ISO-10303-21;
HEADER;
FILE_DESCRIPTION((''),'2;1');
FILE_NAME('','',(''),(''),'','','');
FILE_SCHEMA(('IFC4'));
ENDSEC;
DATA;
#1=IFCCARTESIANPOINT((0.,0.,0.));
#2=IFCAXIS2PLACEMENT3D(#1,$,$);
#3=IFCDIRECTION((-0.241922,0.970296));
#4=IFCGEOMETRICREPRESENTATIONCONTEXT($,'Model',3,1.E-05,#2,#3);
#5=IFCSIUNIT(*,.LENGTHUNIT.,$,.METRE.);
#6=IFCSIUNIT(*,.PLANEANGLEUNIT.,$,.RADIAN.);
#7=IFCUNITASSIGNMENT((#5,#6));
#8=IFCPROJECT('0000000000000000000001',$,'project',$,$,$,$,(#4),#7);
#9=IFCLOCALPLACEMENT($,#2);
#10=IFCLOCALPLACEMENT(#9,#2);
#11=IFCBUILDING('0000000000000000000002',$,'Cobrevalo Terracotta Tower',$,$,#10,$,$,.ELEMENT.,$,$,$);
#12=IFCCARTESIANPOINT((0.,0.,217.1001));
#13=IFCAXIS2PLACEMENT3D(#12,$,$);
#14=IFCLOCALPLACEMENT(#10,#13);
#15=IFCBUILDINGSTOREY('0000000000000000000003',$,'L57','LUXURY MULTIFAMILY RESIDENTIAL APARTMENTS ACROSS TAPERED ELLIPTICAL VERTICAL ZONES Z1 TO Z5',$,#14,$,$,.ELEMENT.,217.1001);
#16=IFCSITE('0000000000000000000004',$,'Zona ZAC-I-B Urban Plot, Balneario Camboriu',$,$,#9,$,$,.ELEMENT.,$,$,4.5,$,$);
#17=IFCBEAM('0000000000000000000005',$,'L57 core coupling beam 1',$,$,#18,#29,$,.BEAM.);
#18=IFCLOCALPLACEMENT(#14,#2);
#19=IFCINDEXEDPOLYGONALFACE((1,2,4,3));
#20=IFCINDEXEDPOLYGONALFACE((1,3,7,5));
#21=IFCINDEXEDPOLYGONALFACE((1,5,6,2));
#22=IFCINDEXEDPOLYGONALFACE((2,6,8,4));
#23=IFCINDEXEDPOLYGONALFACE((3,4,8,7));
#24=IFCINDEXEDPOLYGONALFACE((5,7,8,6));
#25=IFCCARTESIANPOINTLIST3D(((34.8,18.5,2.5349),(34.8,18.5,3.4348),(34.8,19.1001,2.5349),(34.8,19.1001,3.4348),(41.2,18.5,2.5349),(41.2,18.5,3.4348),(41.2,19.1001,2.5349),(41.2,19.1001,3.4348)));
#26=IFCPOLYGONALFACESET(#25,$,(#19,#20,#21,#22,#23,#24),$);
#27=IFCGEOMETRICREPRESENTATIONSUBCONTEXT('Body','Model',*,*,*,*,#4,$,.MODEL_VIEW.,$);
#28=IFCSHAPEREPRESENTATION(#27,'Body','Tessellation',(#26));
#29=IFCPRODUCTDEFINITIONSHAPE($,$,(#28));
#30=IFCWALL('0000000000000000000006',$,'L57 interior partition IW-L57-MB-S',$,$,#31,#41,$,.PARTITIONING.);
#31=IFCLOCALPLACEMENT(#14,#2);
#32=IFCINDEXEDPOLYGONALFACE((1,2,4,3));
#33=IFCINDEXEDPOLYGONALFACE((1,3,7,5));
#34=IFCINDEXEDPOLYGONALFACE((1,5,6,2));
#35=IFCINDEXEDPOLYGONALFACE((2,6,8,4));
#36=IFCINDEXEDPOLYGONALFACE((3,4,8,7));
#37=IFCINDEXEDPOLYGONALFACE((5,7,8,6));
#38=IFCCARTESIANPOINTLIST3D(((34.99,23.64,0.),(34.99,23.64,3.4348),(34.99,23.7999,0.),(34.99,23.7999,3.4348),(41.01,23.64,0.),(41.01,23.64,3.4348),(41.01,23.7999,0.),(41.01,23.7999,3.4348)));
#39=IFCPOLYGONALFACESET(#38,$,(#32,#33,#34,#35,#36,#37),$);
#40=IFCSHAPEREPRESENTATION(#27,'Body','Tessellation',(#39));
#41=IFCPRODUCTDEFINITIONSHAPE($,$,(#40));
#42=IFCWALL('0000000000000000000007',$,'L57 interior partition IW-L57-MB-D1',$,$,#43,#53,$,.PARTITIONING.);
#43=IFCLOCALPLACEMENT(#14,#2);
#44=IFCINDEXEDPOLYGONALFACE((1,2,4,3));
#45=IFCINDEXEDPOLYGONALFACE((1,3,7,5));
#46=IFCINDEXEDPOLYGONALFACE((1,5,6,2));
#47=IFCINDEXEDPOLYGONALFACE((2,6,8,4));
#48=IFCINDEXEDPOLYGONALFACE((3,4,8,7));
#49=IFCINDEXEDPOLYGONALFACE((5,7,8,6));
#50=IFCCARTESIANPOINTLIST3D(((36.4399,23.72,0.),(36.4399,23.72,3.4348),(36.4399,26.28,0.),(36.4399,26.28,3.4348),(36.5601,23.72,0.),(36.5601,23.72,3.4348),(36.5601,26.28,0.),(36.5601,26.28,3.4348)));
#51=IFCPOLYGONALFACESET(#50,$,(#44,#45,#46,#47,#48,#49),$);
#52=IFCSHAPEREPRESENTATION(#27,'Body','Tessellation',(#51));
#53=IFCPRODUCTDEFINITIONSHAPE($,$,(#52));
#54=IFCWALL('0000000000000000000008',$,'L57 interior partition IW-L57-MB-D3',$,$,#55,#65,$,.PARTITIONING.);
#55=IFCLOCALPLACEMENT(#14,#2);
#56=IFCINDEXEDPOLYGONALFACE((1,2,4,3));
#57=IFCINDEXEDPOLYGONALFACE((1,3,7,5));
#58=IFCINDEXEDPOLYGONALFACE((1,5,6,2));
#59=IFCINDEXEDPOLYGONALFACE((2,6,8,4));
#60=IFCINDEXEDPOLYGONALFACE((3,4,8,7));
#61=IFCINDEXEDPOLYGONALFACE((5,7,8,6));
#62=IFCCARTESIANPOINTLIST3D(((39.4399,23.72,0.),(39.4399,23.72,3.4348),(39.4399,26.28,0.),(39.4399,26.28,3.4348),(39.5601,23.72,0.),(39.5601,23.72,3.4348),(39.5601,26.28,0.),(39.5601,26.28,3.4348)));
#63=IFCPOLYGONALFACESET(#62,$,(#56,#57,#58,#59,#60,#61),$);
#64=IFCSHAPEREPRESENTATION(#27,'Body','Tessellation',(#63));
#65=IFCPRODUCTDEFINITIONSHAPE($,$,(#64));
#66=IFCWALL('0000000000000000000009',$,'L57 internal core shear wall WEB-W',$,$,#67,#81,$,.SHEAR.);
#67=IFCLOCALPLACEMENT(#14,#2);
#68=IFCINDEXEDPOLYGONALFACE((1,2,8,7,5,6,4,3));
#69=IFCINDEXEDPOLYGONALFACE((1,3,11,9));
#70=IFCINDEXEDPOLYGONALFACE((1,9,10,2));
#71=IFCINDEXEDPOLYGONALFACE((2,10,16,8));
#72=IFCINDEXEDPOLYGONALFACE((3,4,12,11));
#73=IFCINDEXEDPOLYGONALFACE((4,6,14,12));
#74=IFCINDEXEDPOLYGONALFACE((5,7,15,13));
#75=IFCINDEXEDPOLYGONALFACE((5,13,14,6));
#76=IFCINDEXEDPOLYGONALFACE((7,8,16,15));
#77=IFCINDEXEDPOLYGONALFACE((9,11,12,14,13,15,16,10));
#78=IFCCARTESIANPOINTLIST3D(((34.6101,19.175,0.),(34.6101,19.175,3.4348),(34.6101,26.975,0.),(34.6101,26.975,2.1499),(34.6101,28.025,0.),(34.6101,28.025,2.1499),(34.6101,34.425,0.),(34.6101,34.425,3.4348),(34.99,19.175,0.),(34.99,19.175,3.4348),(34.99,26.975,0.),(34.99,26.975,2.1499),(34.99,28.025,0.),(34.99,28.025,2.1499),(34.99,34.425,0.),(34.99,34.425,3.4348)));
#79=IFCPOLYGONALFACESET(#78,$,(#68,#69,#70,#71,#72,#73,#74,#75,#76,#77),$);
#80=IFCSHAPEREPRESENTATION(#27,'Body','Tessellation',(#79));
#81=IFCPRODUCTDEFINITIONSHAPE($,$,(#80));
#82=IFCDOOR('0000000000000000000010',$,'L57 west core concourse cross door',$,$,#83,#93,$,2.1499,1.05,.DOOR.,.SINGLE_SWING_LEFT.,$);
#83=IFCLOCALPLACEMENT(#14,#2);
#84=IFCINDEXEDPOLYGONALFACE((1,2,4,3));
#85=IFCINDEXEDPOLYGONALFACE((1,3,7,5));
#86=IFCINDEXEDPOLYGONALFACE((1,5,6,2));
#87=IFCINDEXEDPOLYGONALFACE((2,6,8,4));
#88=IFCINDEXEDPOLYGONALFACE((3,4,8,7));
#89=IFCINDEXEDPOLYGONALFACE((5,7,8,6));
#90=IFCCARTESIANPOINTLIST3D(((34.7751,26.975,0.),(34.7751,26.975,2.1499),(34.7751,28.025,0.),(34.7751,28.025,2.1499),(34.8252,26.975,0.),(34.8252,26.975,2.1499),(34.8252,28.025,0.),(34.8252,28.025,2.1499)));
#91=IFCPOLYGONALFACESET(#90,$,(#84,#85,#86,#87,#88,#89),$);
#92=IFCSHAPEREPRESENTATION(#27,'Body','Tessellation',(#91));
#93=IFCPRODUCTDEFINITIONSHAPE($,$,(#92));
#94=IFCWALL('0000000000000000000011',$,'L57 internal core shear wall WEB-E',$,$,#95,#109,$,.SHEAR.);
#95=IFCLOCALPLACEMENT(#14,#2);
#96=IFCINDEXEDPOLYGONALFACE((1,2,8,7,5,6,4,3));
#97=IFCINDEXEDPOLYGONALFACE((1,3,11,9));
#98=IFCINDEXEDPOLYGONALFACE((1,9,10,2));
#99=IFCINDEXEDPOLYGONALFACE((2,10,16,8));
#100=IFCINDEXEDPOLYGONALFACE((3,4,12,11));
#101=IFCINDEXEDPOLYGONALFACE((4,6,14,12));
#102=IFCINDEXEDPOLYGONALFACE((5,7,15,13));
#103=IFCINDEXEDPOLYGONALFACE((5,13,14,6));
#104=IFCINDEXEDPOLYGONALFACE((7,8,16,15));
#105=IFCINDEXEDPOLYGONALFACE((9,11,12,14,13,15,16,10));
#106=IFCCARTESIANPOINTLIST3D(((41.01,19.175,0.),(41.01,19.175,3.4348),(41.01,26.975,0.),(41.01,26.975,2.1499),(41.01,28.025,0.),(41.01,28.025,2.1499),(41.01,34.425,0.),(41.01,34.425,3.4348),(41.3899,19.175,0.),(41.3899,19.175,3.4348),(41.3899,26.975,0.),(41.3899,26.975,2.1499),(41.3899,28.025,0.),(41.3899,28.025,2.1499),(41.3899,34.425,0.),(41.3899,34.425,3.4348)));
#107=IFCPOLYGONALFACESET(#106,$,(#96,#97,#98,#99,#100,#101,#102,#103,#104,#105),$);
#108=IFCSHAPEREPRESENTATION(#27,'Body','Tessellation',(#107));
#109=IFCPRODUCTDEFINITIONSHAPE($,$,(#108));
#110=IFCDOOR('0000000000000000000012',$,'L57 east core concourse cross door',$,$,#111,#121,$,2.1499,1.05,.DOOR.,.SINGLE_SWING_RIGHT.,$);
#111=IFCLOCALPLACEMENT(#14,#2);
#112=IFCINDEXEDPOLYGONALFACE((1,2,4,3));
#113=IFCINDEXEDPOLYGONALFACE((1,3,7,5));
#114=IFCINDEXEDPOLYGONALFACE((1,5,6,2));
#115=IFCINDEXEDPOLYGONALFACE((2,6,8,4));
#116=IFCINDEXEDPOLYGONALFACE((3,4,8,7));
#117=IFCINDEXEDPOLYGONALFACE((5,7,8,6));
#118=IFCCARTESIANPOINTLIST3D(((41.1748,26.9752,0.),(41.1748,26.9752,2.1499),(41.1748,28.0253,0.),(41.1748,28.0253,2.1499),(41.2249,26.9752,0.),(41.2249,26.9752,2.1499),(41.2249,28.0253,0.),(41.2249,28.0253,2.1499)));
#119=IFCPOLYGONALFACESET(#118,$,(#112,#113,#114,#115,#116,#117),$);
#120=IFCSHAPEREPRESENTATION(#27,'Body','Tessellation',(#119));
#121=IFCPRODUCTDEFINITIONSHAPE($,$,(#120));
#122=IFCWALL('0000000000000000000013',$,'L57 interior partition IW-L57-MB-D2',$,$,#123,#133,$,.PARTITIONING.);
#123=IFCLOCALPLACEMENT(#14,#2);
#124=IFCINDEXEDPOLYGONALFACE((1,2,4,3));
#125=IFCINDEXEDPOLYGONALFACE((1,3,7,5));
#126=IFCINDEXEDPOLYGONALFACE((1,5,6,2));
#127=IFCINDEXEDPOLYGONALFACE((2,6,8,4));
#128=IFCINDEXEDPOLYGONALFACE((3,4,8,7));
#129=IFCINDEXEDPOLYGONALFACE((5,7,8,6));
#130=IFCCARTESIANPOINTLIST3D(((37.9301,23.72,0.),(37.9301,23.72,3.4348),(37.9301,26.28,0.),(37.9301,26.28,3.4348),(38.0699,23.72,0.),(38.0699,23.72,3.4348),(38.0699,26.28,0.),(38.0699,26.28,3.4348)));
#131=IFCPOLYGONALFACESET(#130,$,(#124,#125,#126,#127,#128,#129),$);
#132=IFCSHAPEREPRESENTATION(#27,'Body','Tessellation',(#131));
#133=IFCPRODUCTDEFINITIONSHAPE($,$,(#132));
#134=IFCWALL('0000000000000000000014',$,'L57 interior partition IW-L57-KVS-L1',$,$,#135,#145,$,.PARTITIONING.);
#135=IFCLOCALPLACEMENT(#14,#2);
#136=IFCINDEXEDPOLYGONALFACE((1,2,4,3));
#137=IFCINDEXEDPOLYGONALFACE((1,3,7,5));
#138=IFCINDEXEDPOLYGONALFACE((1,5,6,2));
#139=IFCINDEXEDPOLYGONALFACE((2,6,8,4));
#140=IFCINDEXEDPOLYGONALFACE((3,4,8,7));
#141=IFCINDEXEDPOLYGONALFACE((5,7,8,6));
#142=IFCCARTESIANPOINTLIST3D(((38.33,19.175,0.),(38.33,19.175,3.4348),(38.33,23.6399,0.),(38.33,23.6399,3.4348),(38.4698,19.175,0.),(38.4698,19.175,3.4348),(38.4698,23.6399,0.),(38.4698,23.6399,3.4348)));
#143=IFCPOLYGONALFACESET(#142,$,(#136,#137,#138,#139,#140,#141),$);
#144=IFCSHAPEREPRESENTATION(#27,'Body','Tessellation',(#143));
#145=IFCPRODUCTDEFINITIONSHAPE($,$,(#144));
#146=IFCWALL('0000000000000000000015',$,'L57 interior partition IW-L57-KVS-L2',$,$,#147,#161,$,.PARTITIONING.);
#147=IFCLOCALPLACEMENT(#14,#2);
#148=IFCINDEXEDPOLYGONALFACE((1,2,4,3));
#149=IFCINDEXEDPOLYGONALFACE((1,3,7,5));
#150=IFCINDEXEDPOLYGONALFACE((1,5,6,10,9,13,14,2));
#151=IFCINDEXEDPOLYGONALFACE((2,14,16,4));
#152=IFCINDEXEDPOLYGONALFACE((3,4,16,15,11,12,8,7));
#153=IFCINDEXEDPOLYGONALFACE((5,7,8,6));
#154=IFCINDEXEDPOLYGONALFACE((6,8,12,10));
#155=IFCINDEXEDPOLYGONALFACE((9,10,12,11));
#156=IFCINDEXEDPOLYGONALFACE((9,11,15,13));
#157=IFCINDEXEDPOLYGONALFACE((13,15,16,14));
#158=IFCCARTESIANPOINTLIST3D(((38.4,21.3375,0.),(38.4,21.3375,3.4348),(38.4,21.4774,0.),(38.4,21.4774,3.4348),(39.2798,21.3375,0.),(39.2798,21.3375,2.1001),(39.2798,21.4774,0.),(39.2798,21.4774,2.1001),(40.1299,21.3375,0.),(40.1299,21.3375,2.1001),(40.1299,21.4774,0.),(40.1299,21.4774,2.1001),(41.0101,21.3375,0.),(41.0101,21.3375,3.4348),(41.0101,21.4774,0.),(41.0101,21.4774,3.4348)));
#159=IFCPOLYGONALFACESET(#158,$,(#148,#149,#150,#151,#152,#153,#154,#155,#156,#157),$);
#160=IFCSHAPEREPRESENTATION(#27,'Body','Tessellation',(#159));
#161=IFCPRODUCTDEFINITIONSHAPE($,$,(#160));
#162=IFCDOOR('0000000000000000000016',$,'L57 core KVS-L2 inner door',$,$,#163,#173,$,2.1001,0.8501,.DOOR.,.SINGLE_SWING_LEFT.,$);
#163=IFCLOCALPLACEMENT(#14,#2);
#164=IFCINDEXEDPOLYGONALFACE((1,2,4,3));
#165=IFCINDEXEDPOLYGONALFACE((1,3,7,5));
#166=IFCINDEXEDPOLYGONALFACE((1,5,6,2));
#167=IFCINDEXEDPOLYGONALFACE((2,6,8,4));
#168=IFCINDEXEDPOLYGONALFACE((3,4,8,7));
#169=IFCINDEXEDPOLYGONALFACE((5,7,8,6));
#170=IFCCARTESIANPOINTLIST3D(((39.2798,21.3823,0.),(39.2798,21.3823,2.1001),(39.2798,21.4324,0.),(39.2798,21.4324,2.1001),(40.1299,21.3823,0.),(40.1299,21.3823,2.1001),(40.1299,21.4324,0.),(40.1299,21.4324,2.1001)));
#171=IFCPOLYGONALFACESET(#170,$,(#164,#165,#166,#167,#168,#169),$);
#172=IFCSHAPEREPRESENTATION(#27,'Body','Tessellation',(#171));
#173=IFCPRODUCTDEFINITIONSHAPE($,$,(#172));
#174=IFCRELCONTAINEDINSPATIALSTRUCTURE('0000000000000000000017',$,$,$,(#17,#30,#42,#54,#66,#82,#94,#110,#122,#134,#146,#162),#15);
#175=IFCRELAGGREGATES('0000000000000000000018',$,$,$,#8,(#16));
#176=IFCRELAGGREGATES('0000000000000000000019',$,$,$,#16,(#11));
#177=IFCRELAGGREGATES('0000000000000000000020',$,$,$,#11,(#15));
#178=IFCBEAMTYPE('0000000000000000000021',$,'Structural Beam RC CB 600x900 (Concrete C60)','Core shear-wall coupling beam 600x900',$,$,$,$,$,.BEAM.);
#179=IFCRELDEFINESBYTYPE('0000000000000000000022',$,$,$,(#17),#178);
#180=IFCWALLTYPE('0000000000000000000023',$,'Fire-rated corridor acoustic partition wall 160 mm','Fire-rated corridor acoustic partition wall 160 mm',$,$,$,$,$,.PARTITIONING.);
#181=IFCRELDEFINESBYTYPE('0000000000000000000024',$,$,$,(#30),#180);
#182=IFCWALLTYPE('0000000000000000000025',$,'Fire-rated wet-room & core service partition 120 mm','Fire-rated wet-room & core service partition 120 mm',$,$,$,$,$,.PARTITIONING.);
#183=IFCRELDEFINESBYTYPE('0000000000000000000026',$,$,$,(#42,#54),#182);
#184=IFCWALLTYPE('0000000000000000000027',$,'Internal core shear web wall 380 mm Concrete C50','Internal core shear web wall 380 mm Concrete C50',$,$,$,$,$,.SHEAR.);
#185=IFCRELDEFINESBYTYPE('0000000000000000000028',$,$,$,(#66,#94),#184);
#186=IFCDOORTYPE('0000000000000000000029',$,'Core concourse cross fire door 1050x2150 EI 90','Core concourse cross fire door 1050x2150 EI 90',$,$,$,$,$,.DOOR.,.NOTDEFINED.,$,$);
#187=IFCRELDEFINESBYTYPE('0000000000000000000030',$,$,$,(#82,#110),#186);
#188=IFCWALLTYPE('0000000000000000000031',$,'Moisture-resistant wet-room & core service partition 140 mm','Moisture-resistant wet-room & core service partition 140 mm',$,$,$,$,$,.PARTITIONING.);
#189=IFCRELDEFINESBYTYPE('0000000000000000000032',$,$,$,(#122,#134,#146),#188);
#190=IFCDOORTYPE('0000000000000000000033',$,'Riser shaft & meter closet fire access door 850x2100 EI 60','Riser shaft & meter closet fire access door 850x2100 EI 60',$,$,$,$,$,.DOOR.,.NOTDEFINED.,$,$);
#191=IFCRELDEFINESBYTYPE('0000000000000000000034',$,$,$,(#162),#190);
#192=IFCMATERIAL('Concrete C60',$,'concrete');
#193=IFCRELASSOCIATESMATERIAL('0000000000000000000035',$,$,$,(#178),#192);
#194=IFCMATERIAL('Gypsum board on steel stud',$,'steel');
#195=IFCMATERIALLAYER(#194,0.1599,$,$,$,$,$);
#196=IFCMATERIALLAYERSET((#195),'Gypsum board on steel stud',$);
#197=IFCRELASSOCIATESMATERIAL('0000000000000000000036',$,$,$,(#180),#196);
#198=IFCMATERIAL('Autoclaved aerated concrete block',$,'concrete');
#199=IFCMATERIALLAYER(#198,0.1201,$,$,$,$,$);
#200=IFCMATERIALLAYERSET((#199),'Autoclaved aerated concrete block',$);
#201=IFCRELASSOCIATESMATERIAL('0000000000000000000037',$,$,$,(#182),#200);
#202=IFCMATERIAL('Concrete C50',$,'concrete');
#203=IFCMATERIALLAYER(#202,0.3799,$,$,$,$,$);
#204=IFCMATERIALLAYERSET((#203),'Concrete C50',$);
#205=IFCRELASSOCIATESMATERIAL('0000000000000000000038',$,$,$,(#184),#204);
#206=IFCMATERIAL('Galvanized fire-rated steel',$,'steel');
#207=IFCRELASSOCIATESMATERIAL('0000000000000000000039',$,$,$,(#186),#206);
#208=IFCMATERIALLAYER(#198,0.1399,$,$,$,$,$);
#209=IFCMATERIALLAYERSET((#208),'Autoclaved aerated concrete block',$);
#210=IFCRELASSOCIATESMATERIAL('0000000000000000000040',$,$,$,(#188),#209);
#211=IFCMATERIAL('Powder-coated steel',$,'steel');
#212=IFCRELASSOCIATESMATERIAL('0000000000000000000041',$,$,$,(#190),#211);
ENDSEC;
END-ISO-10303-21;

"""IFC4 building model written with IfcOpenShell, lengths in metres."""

from ifc_helpers import new_model, si_unit, direction, frame, frame_2d, origin, origin_2d, place, context, subcontext, project, spatial, rectangle, extrude, source, transform, mapped, material, layer, layer_set, material_profile, profile_set, type_object, element, fill, save


model = new_model("IFC4")

# Units and contexts
model_context = context("Model", 3, precision=1e-05, world=origin(), true_north=direction((-0.241922, 0.970296)))
body_context = subcontext(model_context, "Body", "Model", "MODEL_VIEW")
ifc_project = project(units=[si_unit("LENGTHUNIT", "METRE"), si_unit("PLANEANGLEUNIT", "RADIAN")], contexts=[model_context])

# Site, building, storey
site_placement = place(None, origin())
site = spatial("IfcSite", under=ifc_project, at=site_placement, Name="Zona ZAC-I-B Urban Plot, Balneario Camboriu", CompositionType="ELEMENT", RefElevation=4.5)
building_placement = place(site_placement, origin())
building = spatial("IfcBuilding", under=site, at=building_placement, Name="Cobrevalo Terracotta Tower", CompositionType="ELEMENT")
storey_placement = place(building_placement, frame((0.0, 0.0, 217.1001)))
storey = spatial("IfcBuildingStorey", under=building, at=storey_placement, Name="L57", Description="LUXURY MULTIFAMILY RESIDENTIAL APARTMENTS ACROSS TAPERED ELLIPTICAL VERTICAL ZONES Z1 TO Z5", CompositionType="ELEMENT", Elevation=217.1001)

# Beam
ifc_material_1 = material(Name="Concrete C60", Category="concrete")
ifc_material_profile = material_profile(ifc_material_1, rectangle(XDim=0.6001, YDim=0.8999, at=origin_2d()), Name="RC CB 600x900")
ifc_profile_set = profile_set([ifc_material_profile], Name="Concrete C60")
beam_type = type_object("IfcBeamType", Name="Structural Beam RC CB 600x900 (Concrete C60)", Description="Core shear-wall coupling beam 600x900", PredefinedType="BEAM", material=ifc_profile_set)
beam_placement = place(storey_placement, frame((34.8, 18.8, 2.9849), z_axis=(1.0, 0.0, 0.0), x_axis=(0.0, 1.0, 0.0)))
element("IfcBeam", 1, at=beam_placement, inside=storey, type_object=beam_type, Name="L57 core coupling beam 1", PredefinedType="BEAM", context=body_context, shape_type="SweptSolid", body=[
    extrude(rectangle(XDim=0.6001, YDim=0.8999, at=origin_2d()), origin(), (0.0, 0.0, 1.0), 6.3999),
])

# Walls
ifc_material_2 = material(Name="Gypsum board on steel stud", Category="steel")
ifc_layer_1 = layer(ifc_material_2, 0.1599)
ifc_layer_set_1 = layer_set([ifc_layer_1], Name="Gypsum board on steel stud")
wall_type_1 = type_object("IfcWallType", Name="Fire-rated corridor acoustic partition wall 160 mm", Description="Fire-rated corridor acoustic partition wall 160 mm", PredefinedType="PARTITIONING", material=ifc_layer_set_1)
wall_1_placement = place(storey_placement, frame((34.99, 23.72, 0.0), z_axis=(0.0, 0.0, 1.0), x_axis=(1.0, 0.0, 0.0)))
element("IfcWall", 2, at=wall_1_placement, inside=storey, type_object=wall_type_1, Name="L57 interior partition IW-L57-MB-S", PredefinedType="PARTITIONING", context=body_context, shape_type="SweptSolid", body=[
    extrude(rectangle(XDim=6.02, YDim=0.1599, at=frame_2d((3.01, 0.0))), origin(), (0.0, 0.0, 1.0), 3.4348),
])
ifc_material_3 = material(Name="Autoclaved aerated concrete block", Category="concrete")
ifc_layer_2 = layer(ifc_material_3, 0.1201)
ifc_layer_set_2 = layer_set([ifc_layer_2], Name="Autoclaved aerated concrete block")
wall_type_2 = type_object("IfcWallType", Name="Fire-rated wet-room & core service partition 120 mm", Description="Fire-rated wet-room & core service partition 120 mm", PredefinedType="PARTITIONING", material=ifc_layer_set_2)
for number, where, z_axis, x_axis, name in (
    (3, (36.5, 23.72, 0.0), (0.0, 0.0, 1.0), (0.0, 1.0, 0.0), "L57 interior partition IW-L57-MB-D1"),
    (4, (39.5, 23.72, 0.0), (0.0, 0.0, 1.0), (0.0, 1.0, 0.0), "L57 interior partition IW-L57-MB-D3"),
):
    element("IfcWall", number, at=place(storey_placement, frame(where, z_axis=z_axis, x_axis=x_axis)), inside=storey, type_object=wall_type_2, Name=name, PredefinedType="PARTITIONING", context=body_context, shape_type="SweptSolid", body=[
        extrude(rectangle(XDim=2.5601, YDim=0.1201, at=frame_2d((1.28, 0.0))), origin(), (0.0, 0.0, 1.0), 3.4348),
    ])

# Walls, openings, doors
ifc_material_4 = material(Name="Concrete C50", Category="concrete")
ifc_layer_3 = layer(ifc_material_4, 0.3799)
ifc_layer_set_3 = layer_set([ifc_layer_3], Name="Concrete C50")
wall_type_3 = type_object("IfcWallType", Name="Internal core shear web wall 380 mm Concrete C50", Description="Internal core shear web wall 380 mm Concrete C50", PredefinedType="SHEAR", material=ifc_layer_set_3)
wall_2_placement = place(storey_placement, frame((34.8, 19.175, 0.0), z_axis=(0.0, 0.0, 1.0), x_axis=(0.0, 1.0, 0.0)))
wall_2 = element("IfcWall", 5, at=wall_2_placement, inside=storey, type_object=wall_type_3, Name="L57 internal core shear wall WEB-W", PredefinedType="SHEAR", context=body_context, shape_type="SweptSolid", body=[
    extrude(rectangle(XDim=15.25, YDim=0.3799, at=frame_2d((7.625, 0.0))), origin(), (0.0, 0.0, 1.0), 3.4348),
])
opening_1_placement = place(wall_2_placement, frame((7.8, 0.0, 0.0)))
opening_1 = element("IfcOpeningElement", 6, at=opening_1_placement, cuts=wall_2, PredefinedType="OPENING", context=body_context, shape_type="SweptSolid", body=[
    extrude(rectangle(XDim=1.05, YDim=2.1499, at=frame_2d((0.5249, 1.075))), frame((0.0, 0.2, 0.0), z_axis=(0.0, -1.0, 0.0), x_axis=(1.0, 0.0, 0.0)), (0.0, 0.0, 1.0), 0.3999),
])
ifc_material_5 = material(Name="Galvanized fire-rated steel", Category="steel")
door_type_1 = type_object("IfcDoorType", Name="Core concourse cross fire door 1050x2150 EI 90", Description="Core concourse cross fire door 1050x2150 EI 90", OperationType="NOTDEFINED", PredefinedType="DOOR", material=ifc_material_5)
shared_shape_1 = source(origin(), body_context, "Body", "SweptSolid", [
    extrude(rectangle(XDim=1.05, YDim=2.1499, at=frame_2d((0.5249, 1.075))), frame((0.0, 0.0249, 0.0), z_axis=(0.0, -1.0, 0.0), x_axis=(1.0, 0.0, 0.0)), (0.0, 0.0, 1.0), 0.05),
])
door_1_placement = place(opening_1_placement, origin())
door_1 = element("IfcDoor", 7, at=door_1_placement, inside=storey, type_object=door_type_1, Name="L57 west core concourse cross door", OperationType="SINGLE_SWING_LEFT", OverallHeight=2.1499, OverallWidth=1.05, PredefinedType="DOOR", context=body_context, shape_type="MappedRepresentation", body=[
    mapped(shared_shape_1, transform((0.0, 0.0, 0.0), scale=1.0)),
])
fill(opening_1, door_1)
wall_3_placement = place(storey_placement, frame((41.2, 19.175, 0.0), z_axis=(0.0, 0.0, 1.0), x_axis=(0.0, 1.0, 0.0)))
wall_3 = element("IfcWall", 8, at=wall_3_placement, inside=storey, type_object=wall_type_3, Name="L57 internal core shear wall WEB-E", PredefinedType="SHEAR", context=body_context, shape_type="SweptSolid", body=[
    extrude(rectangle(XDim=15.25, YDim=0.3799, at=frame_2d((7.625, 0.0))), origin(), (0.0, 0.0, 1.0), 3.4348),
])
opening_2_placement = place(wall_3_placement, frame((7.8, 0.0, 0.0)))
opening_2 = element("IfcOpeningElement", 9, at=opening_2_placement, cuts=wall_3, PredefinedType="OPENING", context=body_context, shape_type="SweptSolid", body=[
    extrude(rectangle(XDim=1.05, YDim=2.1499, at=frame_2d((0.5249, 1.075))), frame((0.0, 0.2, 0.0), z_axis=(0.0, -1.0, 0.0), x_axis=(1.0, 0.0, 0.0)), (0.0, 0.0, 1.0), 0.3999),
])
door_2_placement = place(opening_2_placement, frame((1.05, 0.0, 0.0), z_axis=(0.0, 0.0, 1.0), x_axis=(-1.0, 0.0, 0.0)))
door_2 = element("IfcDoor", 10, at=door_2_placement, inside=storey, type_object=door_type_1, Name="L57 east core concourse cross door", OperationType="SINGLE_SWING_RIGHT", OverallHeight=2.1499, OverallWidth=1.05, PredefinedType="DOOR", context=body_context, shape_type="MappedRepresentation", body=[
    mapped(shared_shape_1, transform((0.0, 0.0, 0.0), scale=1.0)),
])
fill(opening_2, door_2)

# Walls
ifc_layer_4 = layer(ifc_material_3, 0.1399)
ifc_layer_set_4 = layer_set([ifc_layer_4], Name="Autoclaved aerated concrete block")
wall_type_4 = type_object("IfcWallType", Name="Moisture-resistant wet-room & core service partition 140 mm", Description="Moisture-resistant wet-room & core service partition 140 mm", PredefinedType="PARTITIONING", material=ifc_layer_set_4)
wall_4_placement = place(storey_placement, frame((38.0, 23.72, 0.0), z_axis=(0.0, 0.0, 1.0), x_axis=(0.0, 1.0, 0.0)))
element("IfcWall", 11, at=wall_4_placement, inside=storey, type_object=wall_type_4, Name="L57 interior partition IW-L57-MB-D2", PredefinedType="PARTITIONING", context=body_context, shape_type="SweptSolid", body=[
    extrude(rectangle(XDim=2.5601, YDim=0.1399, at=frame_2d((1.28, 0.0))), origin(), (0.0, 0.0, 1.0), 3.4348),
])
wall_5_placement = place(storey_placement, frame((38.3999, 19.175, 0.0), z_axis=(0.0, 0.0, 1.0), x_axis=(0.0, 1.0, 0.0)))
element("IfcWall", 12, at=wall_5_placement, inside=storey, type_object=wall_type_4, Name="L57 interior partition IW-L57-KVS-L1", PredefinedType="PARTITIONING", context=body_context, shape_type="SweptSolid", body=[
    extrude(rectangle(XDim=4.4648, YDim=0.1399, at=frame_2d((2.2324, 0.0))), origin(), (0.0, 0.0, 1.0), 3.4348),
])

# Wall, opening, door
wall_6_placement = place(storey_placement, frame((38.3999, 21.4075, 0.0), z_axis=(0.0, 0.0, 1.0), x_axis=(1.0, 0.0, 0.0)))
wall_6 = element("IfcWall", 13, at=wall_6_placement, inside=storey, type_object=wall_type_4, Name="L57 interior partition IW-L57-KVS-L2", PredefinedType="PARTITIONING", context=body_context, shape_type="SweptSolid", body=[
    extrude(rectangle(XDim=2.6101, YDim=0.1399, at=frame_2d((1.3052, 0.0))), origin(), (0.0, 0.0, 1.0), 3.4348),
])
opening_3_placement = place(wall_6_placement, frame((0.8799, 0.0, 0.0)))
opening_3 = element("IfcOpeningElement", 14, at=opening_3_placement, cuts=wall_6, PredefinedType="OPENING", context=body_context, shape_type="SweptSolid", body=[
    extrude(rectangle(XDim=0.8501, YDim=2.1001, at=frame_2d((0.425, 1.05))), frame((0.0, 0.0801, 0.0), z_axis=(0.0, -1.0, 0.0), x_axis=(1.0, 0.0, 0.0)), (0.0, 0.0, 1.0), 0.1599),
])
ifc_material_6 = material(Name="Powder-coated steel", Category="steel")
door_type_2 = type_object("IfcDoorType", Name="Riser shaft & meter closet fire access door 850x2100 EI 60", Description="Riser shaft & meter closet fire access door 850x2100 EI 60", OperationType="NOTDEFINED", PredefinedType="DOOR", material=ifc_material_6)
shared_shape_2 = source(origin(), body_context, "Body", "SweptSolid", [
    extrude(rectangle(XDim=0.8501, YDim=2.1001, at=frame_2d((0.425, 1.05))), frame((0.0, 0.0249, 0.0), z_axis=(0.0, -1.0, 0.0), x_axis=(1.0, 0.0, 0.0)), (0.0, 0.0, 1.0), 0.05),
])
door_3_placement = place(opening_3_placement, origin())
door_3 = element("IfcDoor", 15, at=door_3_placement, inside=storey, type_object=door_type_2, Name="L57 core KVS-L2 inner door", OperationType="SINGLE_SWING_LEFT", OverallHeight=2.1001, OverallWidth=0.8501, PredefinedType="DOOR", context=body_context, shape_type="MappedRepresentation", body=[
    mapped(shared_shape_2, transform((0.0, 0.0, 0.0), scale=1.0)),
])
fill(opening_3, door_3)

save(model, "model.ifc")
